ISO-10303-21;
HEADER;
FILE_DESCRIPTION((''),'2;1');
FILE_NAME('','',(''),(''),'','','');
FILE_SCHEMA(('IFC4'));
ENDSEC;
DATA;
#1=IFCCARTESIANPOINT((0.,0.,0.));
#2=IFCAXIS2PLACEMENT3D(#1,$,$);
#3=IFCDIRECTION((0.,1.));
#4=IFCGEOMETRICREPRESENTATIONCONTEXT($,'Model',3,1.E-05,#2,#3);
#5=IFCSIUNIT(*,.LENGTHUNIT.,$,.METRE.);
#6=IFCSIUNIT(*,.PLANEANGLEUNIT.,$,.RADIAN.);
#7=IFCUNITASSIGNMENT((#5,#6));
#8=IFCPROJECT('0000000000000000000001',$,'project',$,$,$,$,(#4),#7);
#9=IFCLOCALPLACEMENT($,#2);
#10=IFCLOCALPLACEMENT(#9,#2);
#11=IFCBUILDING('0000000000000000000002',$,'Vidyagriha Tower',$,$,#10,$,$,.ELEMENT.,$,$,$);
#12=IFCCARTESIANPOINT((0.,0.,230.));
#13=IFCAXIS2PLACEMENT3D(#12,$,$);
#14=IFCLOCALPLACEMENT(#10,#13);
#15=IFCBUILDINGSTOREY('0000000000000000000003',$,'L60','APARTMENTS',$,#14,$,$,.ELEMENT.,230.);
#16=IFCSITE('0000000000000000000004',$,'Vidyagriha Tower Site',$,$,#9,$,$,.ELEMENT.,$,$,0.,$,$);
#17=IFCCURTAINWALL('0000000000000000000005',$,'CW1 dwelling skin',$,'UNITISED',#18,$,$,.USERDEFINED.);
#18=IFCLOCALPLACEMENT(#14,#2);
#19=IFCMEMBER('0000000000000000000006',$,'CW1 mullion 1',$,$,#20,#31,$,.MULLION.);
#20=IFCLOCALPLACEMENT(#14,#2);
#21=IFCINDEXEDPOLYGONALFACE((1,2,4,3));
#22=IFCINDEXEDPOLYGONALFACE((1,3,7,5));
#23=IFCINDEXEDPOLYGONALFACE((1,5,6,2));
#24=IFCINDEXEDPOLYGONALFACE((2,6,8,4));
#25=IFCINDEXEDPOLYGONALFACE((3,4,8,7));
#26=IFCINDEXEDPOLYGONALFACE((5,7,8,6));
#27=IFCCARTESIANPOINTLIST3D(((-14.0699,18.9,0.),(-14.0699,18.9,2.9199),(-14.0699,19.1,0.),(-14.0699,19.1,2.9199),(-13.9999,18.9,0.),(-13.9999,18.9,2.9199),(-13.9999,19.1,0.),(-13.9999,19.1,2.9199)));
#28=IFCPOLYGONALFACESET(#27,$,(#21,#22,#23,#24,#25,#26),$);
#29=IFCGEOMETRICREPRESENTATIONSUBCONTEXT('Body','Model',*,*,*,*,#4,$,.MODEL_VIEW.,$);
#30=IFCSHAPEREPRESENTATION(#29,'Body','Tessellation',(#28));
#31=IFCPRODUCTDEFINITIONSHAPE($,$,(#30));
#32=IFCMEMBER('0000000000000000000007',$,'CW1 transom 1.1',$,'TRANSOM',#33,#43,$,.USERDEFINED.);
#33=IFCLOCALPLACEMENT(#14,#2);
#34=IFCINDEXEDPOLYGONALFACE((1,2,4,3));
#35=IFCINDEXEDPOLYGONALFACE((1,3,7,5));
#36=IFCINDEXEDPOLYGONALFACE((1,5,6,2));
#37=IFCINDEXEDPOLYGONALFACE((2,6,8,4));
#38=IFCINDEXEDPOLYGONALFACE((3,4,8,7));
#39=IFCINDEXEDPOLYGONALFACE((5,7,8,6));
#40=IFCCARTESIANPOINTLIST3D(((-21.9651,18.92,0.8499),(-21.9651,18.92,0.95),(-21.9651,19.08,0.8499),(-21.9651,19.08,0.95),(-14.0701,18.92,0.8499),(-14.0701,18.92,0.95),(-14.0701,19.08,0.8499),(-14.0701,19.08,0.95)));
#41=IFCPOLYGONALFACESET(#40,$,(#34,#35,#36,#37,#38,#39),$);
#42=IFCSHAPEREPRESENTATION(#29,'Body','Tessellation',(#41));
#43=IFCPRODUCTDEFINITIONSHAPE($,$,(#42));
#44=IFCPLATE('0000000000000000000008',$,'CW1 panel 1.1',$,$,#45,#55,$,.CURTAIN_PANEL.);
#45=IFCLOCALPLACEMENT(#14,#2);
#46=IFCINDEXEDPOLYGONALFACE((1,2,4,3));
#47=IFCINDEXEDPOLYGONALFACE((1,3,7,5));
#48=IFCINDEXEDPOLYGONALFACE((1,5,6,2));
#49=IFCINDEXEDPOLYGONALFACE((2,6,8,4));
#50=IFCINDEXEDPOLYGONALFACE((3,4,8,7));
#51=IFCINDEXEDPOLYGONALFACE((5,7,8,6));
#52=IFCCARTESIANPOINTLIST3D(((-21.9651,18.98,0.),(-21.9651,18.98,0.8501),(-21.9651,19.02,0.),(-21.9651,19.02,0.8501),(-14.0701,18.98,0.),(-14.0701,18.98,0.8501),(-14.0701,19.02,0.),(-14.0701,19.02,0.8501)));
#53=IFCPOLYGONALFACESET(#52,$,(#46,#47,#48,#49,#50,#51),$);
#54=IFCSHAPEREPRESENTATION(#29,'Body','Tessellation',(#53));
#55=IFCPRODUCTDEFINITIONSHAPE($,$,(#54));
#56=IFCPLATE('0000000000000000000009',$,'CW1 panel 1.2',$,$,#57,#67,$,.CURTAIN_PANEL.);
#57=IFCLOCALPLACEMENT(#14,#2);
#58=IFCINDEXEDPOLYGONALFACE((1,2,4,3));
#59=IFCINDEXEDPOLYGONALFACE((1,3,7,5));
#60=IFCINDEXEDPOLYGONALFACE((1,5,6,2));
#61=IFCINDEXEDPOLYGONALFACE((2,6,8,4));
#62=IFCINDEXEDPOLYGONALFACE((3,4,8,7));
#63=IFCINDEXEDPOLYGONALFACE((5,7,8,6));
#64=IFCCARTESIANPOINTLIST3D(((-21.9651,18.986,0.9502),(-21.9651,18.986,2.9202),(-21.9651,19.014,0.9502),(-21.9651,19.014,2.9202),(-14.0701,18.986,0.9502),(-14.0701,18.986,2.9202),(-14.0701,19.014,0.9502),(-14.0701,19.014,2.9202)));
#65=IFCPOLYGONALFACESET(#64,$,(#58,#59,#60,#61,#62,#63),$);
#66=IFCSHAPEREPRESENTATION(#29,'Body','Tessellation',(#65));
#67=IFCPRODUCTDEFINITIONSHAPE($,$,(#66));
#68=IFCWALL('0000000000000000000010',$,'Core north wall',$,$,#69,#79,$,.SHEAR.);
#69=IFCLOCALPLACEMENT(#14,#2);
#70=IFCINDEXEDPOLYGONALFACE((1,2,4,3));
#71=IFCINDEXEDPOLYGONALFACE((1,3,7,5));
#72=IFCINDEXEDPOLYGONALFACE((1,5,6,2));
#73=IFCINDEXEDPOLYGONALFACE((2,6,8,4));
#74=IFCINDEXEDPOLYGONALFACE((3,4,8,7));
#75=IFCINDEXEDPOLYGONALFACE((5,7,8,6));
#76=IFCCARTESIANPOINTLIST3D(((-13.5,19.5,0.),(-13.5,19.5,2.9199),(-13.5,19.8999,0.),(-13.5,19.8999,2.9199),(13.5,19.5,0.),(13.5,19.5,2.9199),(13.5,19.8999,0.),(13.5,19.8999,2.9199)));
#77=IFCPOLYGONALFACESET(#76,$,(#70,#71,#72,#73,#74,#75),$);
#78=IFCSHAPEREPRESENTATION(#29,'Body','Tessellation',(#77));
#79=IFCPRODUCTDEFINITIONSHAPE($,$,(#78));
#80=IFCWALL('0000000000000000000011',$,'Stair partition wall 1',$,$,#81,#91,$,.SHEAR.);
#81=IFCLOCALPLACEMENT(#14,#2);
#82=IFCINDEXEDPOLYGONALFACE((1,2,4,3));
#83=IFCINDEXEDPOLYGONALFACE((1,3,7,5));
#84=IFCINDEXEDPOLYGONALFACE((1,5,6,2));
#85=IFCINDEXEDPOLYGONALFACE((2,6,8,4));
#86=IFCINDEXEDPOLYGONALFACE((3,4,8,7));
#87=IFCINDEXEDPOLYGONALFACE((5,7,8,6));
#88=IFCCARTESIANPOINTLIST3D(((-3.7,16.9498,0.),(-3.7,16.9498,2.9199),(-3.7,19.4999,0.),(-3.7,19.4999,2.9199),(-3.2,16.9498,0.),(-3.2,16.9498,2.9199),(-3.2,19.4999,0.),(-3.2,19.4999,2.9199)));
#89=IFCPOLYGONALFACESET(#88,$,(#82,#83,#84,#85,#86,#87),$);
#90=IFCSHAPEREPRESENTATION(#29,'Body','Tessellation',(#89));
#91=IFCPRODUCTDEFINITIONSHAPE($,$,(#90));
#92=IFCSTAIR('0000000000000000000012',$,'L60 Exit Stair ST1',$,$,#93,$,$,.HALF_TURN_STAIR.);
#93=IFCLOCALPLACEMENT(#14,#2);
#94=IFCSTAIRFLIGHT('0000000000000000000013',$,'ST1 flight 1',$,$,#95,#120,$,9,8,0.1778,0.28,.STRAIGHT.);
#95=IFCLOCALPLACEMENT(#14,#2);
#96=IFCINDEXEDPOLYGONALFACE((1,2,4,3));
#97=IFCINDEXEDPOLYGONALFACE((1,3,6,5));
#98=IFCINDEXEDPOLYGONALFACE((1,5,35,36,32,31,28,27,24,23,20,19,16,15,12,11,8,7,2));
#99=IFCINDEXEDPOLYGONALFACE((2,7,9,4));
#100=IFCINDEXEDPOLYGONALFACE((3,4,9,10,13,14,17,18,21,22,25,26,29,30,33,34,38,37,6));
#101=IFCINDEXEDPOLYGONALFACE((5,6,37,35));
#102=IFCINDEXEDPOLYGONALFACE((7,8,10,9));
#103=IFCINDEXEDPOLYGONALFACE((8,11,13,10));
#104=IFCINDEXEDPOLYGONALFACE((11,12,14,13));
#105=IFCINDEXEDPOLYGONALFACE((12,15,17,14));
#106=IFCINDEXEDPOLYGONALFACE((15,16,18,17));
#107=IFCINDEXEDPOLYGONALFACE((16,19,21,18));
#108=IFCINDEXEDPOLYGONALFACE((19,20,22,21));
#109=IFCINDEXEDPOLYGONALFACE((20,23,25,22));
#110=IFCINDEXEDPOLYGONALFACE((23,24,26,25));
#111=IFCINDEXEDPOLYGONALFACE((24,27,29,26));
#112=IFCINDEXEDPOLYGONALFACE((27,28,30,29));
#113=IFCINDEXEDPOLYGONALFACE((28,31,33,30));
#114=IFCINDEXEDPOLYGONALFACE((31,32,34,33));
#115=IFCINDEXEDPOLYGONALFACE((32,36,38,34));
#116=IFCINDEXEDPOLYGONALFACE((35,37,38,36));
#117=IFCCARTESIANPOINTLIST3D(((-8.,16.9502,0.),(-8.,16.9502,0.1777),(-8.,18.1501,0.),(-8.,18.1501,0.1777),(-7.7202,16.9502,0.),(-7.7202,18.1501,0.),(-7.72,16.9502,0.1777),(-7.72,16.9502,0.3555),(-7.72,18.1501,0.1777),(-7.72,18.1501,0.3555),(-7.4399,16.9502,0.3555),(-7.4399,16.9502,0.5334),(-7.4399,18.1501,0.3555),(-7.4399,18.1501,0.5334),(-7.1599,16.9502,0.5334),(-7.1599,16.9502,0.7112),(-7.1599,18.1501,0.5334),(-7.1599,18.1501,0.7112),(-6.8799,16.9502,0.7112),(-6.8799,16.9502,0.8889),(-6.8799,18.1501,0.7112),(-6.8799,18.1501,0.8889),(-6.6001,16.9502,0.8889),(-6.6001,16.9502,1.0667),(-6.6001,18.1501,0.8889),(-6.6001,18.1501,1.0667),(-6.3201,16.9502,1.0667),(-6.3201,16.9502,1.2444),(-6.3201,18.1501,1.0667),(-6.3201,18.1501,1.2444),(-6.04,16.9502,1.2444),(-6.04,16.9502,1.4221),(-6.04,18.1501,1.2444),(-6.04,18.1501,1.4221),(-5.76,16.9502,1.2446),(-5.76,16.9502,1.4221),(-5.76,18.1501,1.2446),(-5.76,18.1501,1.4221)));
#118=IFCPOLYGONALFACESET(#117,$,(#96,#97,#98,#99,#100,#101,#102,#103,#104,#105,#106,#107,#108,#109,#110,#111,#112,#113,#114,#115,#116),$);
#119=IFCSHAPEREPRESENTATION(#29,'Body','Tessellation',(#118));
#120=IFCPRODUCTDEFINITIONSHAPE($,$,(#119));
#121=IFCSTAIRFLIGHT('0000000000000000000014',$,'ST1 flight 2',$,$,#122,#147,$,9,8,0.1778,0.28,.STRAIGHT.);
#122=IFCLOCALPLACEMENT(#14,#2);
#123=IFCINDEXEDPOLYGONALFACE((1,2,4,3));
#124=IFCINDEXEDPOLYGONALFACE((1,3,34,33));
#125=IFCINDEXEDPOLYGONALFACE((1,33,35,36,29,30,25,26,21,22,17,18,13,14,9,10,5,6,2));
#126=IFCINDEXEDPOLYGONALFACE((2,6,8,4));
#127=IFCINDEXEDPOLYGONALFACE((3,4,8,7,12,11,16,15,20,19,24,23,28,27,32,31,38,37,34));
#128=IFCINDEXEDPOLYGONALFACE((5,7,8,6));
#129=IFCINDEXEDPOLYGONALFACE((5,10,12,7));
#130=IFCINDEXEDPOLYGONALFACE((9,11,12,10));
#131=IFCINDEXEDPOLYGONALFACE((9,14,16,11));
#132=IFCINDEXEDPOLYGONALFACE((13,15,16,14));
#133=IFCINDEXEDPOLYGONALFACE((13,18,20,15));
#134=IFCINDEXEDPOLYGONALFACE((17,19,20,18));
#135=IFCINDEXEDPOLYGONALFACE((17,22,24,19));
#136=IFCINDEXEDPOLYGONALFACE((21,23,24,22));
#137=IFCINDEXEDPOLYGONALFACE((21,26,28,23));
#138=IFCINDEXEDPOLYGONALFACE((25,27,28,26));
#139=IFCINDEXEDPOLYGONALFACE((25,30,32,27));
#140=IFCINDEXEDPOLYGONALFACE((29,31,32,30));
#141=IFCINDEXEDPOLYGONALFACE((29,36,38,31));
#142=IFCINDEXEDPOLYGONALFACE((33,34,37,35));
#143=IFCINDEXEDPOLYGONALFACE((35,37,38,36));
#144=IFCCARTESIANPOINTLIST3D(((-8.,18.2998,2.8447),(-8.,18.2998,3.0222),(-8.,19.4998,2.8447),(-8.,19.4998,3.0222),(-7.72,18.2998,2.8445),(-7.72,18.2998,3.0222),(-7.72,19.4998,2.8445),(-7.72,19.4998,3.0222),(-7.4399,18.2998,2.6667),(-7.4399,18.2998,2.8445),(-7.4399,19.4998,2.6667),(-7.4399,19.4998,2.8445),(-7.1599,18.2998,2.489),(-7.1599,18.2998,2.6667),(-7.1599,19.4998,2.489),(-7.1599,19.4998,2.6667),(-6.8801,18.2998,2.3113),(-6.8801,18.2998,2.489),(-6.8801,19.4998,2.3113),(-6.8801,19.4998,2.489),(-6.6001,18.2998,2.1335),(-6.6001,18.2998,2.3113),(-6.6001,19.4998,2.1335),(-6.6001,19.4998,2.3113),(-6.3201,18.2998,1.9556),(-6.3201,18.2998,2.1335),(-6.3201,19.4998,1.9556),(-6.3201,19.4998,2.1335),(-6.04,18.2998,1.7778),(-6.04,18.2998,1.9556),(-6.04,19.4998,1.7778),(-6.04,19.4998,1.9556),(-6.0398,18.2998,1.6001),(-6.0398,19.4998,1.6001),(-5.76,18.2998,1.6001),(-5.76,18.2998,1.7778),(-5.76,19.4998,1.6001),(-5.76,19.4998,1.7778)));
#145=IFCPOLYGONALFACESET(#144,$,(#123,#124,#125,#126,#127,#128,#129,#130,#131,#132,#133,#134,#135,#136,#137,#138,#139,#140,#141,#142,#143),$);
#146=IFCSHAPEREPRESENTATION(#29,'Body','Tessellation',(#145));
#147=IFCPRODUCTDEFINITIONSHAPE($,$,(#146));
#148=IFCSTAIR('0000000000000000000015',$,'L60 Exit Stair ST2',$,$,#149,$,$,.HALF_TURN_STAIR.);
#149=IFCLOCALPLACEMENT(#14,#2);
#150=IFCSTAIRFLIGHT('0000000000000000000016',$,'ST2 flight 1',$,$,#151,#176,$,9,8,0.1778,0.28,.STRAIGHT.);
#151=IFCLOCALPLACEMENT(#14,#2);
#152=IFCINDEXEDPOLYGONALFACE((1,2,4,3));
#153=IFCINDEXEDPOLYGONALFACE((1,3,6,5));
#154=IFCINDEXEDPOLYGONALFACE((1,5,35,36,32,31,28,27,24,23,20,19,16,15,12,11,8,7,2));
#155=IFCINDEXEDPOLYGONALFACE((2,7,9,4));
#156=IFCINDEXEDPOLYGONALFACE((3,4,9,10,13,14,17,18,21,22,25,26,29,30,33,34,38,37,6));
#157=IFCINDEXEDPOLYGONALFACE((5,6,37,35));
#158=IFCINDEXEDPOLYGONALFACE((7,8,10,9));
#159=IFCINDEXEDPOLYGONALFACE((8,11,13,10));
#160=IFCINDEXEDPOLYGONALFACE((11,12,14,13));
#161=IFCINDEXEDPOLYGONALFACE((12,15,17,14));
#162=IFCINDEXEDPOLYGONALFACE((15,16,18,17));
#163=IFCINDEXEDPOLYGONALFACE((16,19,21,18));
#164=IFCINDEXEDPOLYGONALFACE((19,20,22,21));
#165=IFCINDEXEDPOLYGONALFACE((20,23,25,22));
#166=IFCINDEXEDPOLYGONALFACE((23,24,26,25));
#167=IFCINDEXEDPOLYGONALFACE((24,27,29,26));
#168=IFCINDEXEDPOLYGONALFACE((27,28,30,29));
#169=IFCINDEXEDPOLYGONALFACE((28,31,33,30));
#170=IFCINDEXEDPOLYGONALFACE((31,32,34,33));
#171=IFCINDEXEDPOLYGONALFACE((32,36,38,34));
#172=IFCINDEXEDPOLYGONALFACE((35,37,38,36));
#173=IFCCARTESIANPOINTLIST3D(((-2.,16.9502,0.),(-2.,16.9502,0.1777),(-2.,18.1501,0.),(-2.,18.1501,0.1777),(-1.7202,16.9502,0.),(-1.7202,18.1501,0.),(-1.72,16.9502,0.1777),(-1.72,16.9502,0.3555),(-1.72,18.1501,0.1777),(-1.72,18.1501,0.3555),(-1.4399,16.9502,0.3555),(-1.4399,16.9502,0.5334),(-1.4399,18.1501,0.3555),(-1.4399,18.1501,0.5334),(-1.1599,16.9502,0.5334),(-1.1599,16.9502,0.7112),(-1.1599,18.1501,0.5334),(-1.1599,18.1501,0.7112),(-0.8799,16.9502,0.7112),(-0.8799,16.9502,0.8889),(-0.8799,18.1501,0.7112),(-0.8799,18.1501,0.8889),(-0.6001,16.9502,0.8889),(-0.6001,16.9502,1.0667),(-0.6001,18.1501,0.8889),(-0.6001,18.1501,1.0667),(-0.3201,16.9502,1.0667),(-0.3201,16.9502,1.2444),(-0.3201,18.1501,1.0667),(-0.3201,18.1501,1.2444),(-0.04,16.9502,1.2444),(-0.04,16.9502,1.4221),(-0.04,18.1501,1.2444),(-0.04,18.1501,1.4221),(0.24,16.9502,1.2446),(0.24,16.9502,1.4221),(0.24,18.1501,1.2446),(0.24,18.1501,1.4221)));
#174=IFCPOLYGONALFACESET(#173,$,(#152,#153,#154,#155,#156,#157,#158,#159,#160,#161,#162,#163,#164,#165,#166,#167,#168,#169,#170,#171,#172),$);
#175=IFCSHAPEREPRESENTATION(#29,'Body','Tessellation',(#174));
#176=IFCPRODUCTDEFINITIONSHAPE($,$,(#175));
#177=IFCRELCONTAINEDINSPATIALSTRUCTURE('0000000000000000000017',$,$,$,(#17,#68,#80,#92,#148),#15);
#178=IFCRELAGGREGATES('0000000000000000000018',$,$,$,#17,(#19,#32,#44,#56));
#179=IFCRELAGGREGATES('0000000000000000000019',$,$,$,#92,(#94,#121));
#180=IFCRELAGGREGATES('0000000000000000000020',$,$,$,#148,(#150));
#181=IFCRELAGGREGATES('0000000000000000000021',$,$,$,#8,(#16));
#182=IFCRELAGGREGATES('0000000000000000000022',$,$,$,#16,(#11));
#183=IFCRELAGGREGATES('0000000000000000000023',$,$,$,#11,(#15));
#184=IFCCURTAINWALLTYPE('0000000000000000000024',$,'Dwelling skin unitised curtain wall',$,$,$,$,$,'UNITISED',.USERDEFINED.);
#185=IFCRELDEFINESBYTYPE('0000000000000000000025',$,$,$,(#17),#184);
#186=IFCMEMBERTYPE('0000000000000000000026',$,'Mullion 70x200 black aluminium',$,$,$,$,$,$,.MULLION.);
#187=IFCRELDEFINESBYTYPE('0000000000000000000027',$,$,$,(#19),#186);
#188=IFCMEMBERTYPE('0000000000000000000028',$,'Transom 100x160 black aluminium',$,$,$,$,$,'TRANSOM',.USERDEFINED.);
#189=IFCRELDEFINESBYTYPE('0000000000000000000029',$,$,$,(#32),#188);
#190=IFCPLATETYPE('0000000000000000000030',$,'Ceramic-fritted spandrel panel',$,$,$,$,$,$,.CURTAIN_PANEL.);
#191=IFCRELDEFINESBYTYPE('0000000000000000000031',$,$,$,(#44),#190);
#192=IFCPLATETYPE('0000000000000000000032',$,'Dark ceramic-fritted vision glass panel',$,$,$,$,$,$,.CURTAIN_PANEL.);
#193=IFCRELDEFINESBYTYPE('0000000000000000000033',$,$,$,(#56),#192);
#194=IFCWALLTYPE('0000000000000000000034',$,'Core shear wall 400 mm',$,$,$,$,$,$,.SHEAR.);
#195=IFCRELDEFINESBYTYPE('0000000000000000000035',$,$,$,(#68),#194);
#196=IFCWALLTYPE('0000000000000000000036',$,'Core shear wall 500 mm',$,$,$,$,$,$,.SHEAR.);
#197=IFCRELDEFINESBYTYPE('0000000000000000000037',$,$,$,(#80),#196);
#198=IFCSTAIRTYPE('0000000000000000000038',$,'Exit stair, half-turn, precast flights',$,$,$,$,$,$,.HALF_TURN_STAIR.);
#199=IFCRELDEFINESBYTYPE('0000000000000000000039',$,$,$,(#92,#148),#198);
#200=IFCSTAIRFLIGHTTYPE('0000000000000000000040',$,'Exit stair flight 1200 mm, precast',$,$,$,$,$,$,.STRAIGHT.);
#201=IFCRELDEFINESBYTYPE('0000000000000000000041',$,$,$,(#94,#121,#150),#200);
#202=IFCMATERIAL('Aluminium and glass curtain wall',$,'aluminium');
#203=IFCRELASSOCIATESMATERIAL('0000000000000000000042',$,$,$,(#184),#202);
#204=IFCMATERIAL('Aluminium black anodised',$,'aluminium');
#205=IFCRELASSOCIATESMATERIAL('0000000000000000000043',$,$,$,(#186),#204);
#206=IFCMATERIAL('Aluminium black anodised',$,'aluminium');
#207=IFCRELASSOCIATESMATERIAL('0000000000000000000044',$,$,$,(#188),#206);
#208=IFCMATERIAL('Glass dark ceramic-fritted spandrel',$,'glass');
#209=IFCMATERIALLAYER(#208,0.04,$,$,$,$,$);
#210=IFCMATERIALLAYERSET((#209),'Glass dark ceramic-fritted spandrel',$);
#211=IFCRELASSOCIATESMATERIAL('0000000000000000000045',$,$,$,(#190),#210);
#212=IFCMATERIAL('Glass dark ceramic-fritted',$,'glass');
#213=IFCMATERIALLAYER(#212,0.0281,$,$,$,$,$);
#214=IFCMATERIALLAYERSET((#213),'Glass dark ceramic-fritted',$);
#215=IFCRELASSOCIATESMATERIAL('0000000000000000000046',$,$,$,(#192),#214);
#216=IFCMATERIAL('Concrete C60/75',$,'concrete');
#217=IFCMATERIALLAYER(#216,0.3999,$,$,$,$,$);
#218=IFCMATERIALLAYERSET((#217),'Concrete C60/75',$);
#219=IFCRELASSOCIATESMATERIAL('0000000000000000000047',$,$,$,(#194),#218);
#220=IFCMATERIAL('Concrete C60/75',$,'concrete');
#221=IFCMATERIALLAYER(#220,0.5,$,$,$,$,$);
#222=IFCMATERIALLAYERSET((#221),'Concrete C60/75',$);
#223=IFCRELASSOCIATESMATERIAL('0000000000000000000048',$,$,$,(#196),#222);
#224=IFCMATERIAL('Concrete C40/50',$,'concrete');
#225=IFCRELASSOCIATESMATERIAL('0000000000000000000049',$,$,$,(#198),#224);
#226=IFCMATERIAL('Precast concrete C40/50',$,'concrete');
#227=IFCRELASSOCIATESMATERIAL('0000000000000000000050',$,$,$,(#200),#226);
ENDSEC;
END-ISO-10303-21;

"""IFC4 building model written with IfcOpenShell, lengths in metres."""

from ifc_helpers import new_model, si_unit, direction, frame, frame_2d, origin, origin_2d, place, context, subcontext, project, spatial, polyline, rectangle, outline, extrude, material, layer, layer_set, material_profile, profile_set, type_object, element, aggregate, save


model = new_model("IFC4")

# Units and contexts
model_context = context("Model", 3, precision=1e-05, world=origin(), true_north=direction((0.0, 1.0)))
body_context = subcontext(model_context, "Body", "Model", "MODEL_VIEW")
ifc_project = project(units=[si_unit("LENGTHUNIT", "METRE"), si_unit("PLANEANGLEUNIT", "RADIAN")], contexts=[model_context])

# Site, building, storey
site_placement = place(None, origin())
site = spatial("IfcSite", under=ifc_project, at=site_placement, Name="Vidyagriha Tower Site", CompositionType="ELEMENT", RefElevation=0.0)
building_placement = place(site_placement, origin())
building = spatial("IfcBuilding", under=site, at=building_placement, Name="Vidyagriha Tower", CompositionType="ELEMENT")
storey_placement = place(building_placement, frame((0.0, 0.0, 230.0)))
storey = spatial("IfcBuildingStorey", under=building, at=storey_placement, Name="L60", Description="APARTMENTS", CompositionType="ELEMENT", Elevation=230.0)

# Curtain wall, members, plates
ifc_material_1 = material(Name="Aluminium and glass curtain wall", Category="aluminium")
curtain_wall_type = type_object("IfcCurtainWallType", Name="Dwelling skin unitised curtain wall", ElementType="UNITISED", PredefinedType="USERDEFINED", material=ifc_material_1)
curtain_wall_placement = place(storey_placement, origin())
curtain_wall = element("IfcCurtainWall", 1, at=curtain_wall_placement, inside=storey, type_object=curtain_wall_type, Name="CW1 dwelling skin", ObjectType="UNITISED", PredefinedType="USERDEFINED")
ifc_material_2 = material(Name="Aluminium black anodised", Category="aluminium")
ifc_material_profile_1 = material_profile(ifc_material_2, rectangle(XDim=0.2, YDim=0.0701, at=origin_2d()), Name="Mullion 70x200 black aluminium")
ifc_profile_set_1 = profile_set([ifc_material_profile_1], Name="Aluminium black anodised")
member_type_1 = type_object("IfcMemberType", Name="Mullion 70x200 black aluminium", PredefinedType="MULLION", material=ifc_profile_set_1)
member_1_placement = place(storey_placement, frame((-14.0349, 19.0, 0.0), z_axis=(0.0, 0.0, 1.0), x_axis=(0.0, -1.0, 0.0)))
member_1 = element("IfcMember", 2, at=member_1_placement, type_object=member_type_1, Name="CW1 mullion 1", PredefinedType="MULLION", context=body_context, shape_type="SweptSolid", body=[
    extrude(rectangle(XDim=0.2, YDim=0.0701, at=origin_2d()), origin(), (0.0, 0.0, 1.0), 2.9199),
])
ifc_material_3 = material(Name="Aluminium black anodised", Category="aluminium")
ifc_material_profile_2 = material_profile(ifc_material_3, rectangle(XDim=0.1599, YDim=0.1001, at=origin_2d()), Name="Transom 100x160 black aluminium")
ifc_profile_set_2 = profile_set([ifc_material_profile_2], Name="Aluminium black anodised")
member_type_2 = type_object("IfcMemberType", Name="Transom 100x160 black aluminium", ElementType="TRANSOM", PredefinedType="USERDEFINED", material=ifc_profile_set_2)
member_2_placement = place(storey_placement, frame((-14.0701, 19.0, 0.8999), z_axis=(-1.0, 0.0, 0.0), x_axis=(0.0, -1.0, 0.0)))
member_2 = element("IfcMember", 3, at=member_2_placement, type_object=member_type_2, Name="CW1 transom 1.1", ObjectType="TRANSOM", PredefinedType="USERDEFINED", context=body_context, shape_type="SweptSolid", body=[
    extrude(rectangle(XDim=0.1599, YDim=0.1001, at=origin_2d()), origin(), (0.0, 0.0, 1.0), 7.895),
])
ifc_material_4 = material(Name="Glass dark ceramic-fritted spandrel", Category="glass")
ifc_layer_1 = layer(ifc_material_4, 0.04)
ifc_layer_set_1 = layer_set([ifc_layer_1], Name="Glass dark ceramic-fritted spandrel")
plate_type_1 = type_object("IfcPlateType", Name="Ceramic-fritted spandrel panel", PredefinedType="CURTAIN_PANEL", material=ifc_layer_set_1)
plate_1_placement = place(storey_placement, frame((-18.0176, 19.0, 0.0), z_axis=(0.0, 0.0, 1.0), x_axis=(-1.0, 0.0, 0.0)))
plate_1 = element("IfcPlate", 4, at=plate_1_placement, type_object=plate_type_1, Name="CW1 panel 1.1", PredefinedType="CURTAIN_PANEL", context=body_context, shape_type="SweptSolid", body=[
    extrude(rectangle(XDim=7.895, YDim=0.04, at=origin_2d()), origin(), (0.0, 0.0, 1.0), 0.8501),
])
ifc_material_5 = material(Name="Glass dark ceramic-fritted", Category="glass")
ifc_layer_2 = layer(ifc_material_5, 0.0281)
ifc_layer_set_2 = layer_set([ifc_layer_2], Name="Glass dark ceramic-fritted")
plate_type_2 = type_object("IfcPlateType", Name="Dark ceramic-fritted vision glass panel", PredefinedType="CURTAIN_PANEL", material=ifc_layer_set_2)
plate_2_placement = place(storey_placement, frame((-18.0176, 19.0, 0.9502), z_axis=(0.0, 0.0, 1.0), x_axis=(-1.0, 0.0, 0.0)))
plate_2 = element("IfcPlate", 5, at=plate_2_placement, type_object=plate_type_2, Name="CW1 panel 1.2", PredefinedType="CURTAIN_PANEL", context=body_context, shape_type="SweptSolid", body=[
    extrude(rectangle(XDim=7.895, YDim=0.0281, at=origin_2d()), origin(), (0.0, 0.0, 1.0), 1.97),
])
aggregate(curtain_wall, [member_1, member_2, plate_1, plate_2])

# Walls
ifc_material_6 = material(Name="Concrete C60/75", Category="concrete")
ifc_layer_3 = layer(ifc_material_6, 0.3999)
ifc_layer_set_3 = layer_set([ifc_layer_3], Name="Concrete C60/75")
wall_type_1 = type_object("IfcWallType", Name="Core shear wall 400 mm", PredefinedType="SHEAR", material=ifc_layer_set_3)
wall_1_placement = place(storey_placement, frame((-13.5, 19.7, 0.0)))
element("IfcWall", 6, at=wall_1_placement, inside=storey, type_object=wall_type_1, Name="Core north wall", PredefinedType="SHEAR", context=body_context, shape_type="SweptSolid", body=[
    extrude(rectangle(XDim=27.0, YDim=0.3999, at=frame_2d((13.5, 0.0))), origin(), (0.0, 0.0, 1.0), 2.9199),
])
ifc_material_7 = material(Name="Concrete C60/75", Category="concrete")
ifc_layer_4 = layer(ifc_material_7, 0.5)
ifc_layer_set_4 = layer_set([ifc_layer_4], Name="Concrete C60/75")
wall_type_2 = type_object("IfcWallType", Name="Core shear wall 500 mm", PredefinedType="SHEAR", material=ifc_layer_set_4)
wall_2_placement = place(storey_placement, frame((-3.45, 16.95, 0.0), z_axis=(0.0, 0.0, 1.0), x_axis=(0.0, 1.0, 0.0)))
element("IfcWall", 7, at=wall_2_placement, inside=storey, type_object=wall_type_2, Name="Stair partition wall 1", PredefinedType="SHEAR", context=body_context, shape_type="SweptSolid", body=[
    extrude(rectangle(XDim=2.55, YDim=0.5, at=frame_2d((1.2749, 0.0))), origin(), (0.0, 0.0, 1.0), 2.9199),
])

# Stair, stair flights
ifc_material_8 = material(Name="Concrete C40/50", Category="concrete")
stair_type = type_object("IfcStairType", Name="Exit stair, half-turn, precast flights", PredefinedType="HALF_TURN_STAIR", material=ifc_material_8)
stair_1_placement = place(storey_placement, origin())
stair_1 = element("IfcStair", 8, at=stair_1_placement, inside=storey, type_object=stair_type, Name="L60 Exit Stair ST1", PredefinedType="HALF_TURN_STAIR")
ifc_material_9 = material(Name="Precast concrete C40/50", Category="concrete")
stair_flight_type = type_object("IfcStairFlightType", Name="Exit stair flight 1200 mm, precast", PredefinedType="STRAIGHT", material=ifc_material_9)
stair_flight_1_placement = place(storey_placement, frame((-8.0, 17.55, 0.0)))
stair_flight_1 = element("IfcStairFlight", 9, at=stair_flight_1_placement, type_object=stair_flight_type, Name="ST1 flight 1", NumberOfRisers=9, NumberOfTreads=8, PredefinedType="STRAIGHT", RiserHeight=0.1778, TreadLength=0.28, context=body_context, shape_type="SweptSolid", body=[
    extrude(outline(polyline([(0.0, 0.0), (0.0, 0.1777), (0.28, 0.1777), (0.28, 0.3555), (0.5601, 0.3555), (0.5601, 0.5334), (0.8401, 0.5334), (0.8401, 0.7112), (1.1201, 0.7112), (1.1201, 0.8889), (1.3999, 0.8889), (1.3999, 1.0667), (1.6799, 1.0667), (1.6799, 1.2444), (1.96, 1.2444), (1.96, 1.4221), (2.24, 1.4221), (2.24, 1.6001), (2.24, 1.2446), (0.2798, 0.0), (0.0, 0.0)])), frame((0.0, 0.6001, 0.0), z_axis=(0.0, -1.0, 0.0), x_axis=(1.0, 0.0, 0.0)), (0.0, 0.0, 1.0), 1.2),
])
stair_flight_2_placement = place(storey_placement, frame((-5.76, 18.8999, 1.6001), z_axis=(0.0, 0.0, 1.0), x_axis=(-1.0, 0.0, 0.0)))
stair_flight_2 = element("IfcStairFlight", 10, at=stair_flight_2_placement, type_object=stair_flight_type, Name="ST1 flight 2", NumberOfRisers=9, NumberOfTreads=8, PredefinedType="STRAIGHT", RiserHeight=0.1778, TreadLength=0.28, context=body_context, shape_type="SweptSolid", body=[
    extrude(outline(polyline([(0.0, 0.0), (0.0, 0.1777), (0.28, 0.1777), (0.28, 0.3555), (0.5601, 0.3555), (0.5601, 0.5334), (0.8401, 0.5334), (0.8401, 0.7112), (1.1201, 0.7112), (1.1201, 0.8889), (1.3999, 0.8889), (1.3999, 1.0667), (1.6799, 1.0667), (1.6799, 1.2444), (1.96, 1.2444), (1.96, 1.4221), (2.24, 1.4221), (2.24, 1.6001), (2.24, 1.2446), (0.2798, 0.0), (0.0, 0.0)])), frame((0.0, 0.6001, 0.0), z_axis=(0.0, -1.0, 0.0), x_axis=(1.0, 0.0, 0.0)), (0.0, 0.0, 1.0), 1.2),
])
aggregate(stair_1, [stair_flight_1, stair_flight_2])

# Stair, stair flight
stair_2_placement = place(storey_placement, origin())
stair_2 = element("IfcStair", 11, at=stair_2_placement, inside=storey, type_object=stair_type, Name="L60 Exit Stair ST2", PredefinedType="HALF_TURN_STAIR")
stair_flight_3_placement = place(storey_placement, frame((-2.0, 17.55, 0.0)))
stair_flight_3 = element("IfcStairFlight", 12, at=stair_flight_3_placement, type_object=stair_flight_type, Name="ST2 flight 1", NumberOfRisers=9, NumberOfTreads=8, PredefinedType="STRAIGHT", RiserHeight=0.1778, TreadLength=0.28, context=body_context, shape_type="SweptSolid", body=[
    extrude(outline(polyline([(0.0, 0.0), (0.0, 0.1777), (0.28, 0.1777), (0.28, 0.3555), (0.5601, 0.3555), (0.5601, 0.5334), (0.8401, 0.5334), (0.8401, 0.7112), (1.1201, 0.7112), (1.1201, 0.8889), (1.3999, 0.8889), (1.3999, 1.0667), (1.6799, 1.0667), (1.6799, 1.2444), (1.96, 1.2444), (1.96, 1.4221), (2.24, 1.4221), (2.24, 1.6001), (2.24, 1.2446), (0.2798, 0.0), (0.0, 0.0)])), frame((0.0, 0.6001, 0.0), z_axis=(0.0, -1.0, 0.0), x_axis=(1.0, 0.0, 0.0)), (0.0, 0.0, 1.0), 1.2),
])
aggregate(stair_2, [stair_flight_3])

save(model, "model.ifc")
